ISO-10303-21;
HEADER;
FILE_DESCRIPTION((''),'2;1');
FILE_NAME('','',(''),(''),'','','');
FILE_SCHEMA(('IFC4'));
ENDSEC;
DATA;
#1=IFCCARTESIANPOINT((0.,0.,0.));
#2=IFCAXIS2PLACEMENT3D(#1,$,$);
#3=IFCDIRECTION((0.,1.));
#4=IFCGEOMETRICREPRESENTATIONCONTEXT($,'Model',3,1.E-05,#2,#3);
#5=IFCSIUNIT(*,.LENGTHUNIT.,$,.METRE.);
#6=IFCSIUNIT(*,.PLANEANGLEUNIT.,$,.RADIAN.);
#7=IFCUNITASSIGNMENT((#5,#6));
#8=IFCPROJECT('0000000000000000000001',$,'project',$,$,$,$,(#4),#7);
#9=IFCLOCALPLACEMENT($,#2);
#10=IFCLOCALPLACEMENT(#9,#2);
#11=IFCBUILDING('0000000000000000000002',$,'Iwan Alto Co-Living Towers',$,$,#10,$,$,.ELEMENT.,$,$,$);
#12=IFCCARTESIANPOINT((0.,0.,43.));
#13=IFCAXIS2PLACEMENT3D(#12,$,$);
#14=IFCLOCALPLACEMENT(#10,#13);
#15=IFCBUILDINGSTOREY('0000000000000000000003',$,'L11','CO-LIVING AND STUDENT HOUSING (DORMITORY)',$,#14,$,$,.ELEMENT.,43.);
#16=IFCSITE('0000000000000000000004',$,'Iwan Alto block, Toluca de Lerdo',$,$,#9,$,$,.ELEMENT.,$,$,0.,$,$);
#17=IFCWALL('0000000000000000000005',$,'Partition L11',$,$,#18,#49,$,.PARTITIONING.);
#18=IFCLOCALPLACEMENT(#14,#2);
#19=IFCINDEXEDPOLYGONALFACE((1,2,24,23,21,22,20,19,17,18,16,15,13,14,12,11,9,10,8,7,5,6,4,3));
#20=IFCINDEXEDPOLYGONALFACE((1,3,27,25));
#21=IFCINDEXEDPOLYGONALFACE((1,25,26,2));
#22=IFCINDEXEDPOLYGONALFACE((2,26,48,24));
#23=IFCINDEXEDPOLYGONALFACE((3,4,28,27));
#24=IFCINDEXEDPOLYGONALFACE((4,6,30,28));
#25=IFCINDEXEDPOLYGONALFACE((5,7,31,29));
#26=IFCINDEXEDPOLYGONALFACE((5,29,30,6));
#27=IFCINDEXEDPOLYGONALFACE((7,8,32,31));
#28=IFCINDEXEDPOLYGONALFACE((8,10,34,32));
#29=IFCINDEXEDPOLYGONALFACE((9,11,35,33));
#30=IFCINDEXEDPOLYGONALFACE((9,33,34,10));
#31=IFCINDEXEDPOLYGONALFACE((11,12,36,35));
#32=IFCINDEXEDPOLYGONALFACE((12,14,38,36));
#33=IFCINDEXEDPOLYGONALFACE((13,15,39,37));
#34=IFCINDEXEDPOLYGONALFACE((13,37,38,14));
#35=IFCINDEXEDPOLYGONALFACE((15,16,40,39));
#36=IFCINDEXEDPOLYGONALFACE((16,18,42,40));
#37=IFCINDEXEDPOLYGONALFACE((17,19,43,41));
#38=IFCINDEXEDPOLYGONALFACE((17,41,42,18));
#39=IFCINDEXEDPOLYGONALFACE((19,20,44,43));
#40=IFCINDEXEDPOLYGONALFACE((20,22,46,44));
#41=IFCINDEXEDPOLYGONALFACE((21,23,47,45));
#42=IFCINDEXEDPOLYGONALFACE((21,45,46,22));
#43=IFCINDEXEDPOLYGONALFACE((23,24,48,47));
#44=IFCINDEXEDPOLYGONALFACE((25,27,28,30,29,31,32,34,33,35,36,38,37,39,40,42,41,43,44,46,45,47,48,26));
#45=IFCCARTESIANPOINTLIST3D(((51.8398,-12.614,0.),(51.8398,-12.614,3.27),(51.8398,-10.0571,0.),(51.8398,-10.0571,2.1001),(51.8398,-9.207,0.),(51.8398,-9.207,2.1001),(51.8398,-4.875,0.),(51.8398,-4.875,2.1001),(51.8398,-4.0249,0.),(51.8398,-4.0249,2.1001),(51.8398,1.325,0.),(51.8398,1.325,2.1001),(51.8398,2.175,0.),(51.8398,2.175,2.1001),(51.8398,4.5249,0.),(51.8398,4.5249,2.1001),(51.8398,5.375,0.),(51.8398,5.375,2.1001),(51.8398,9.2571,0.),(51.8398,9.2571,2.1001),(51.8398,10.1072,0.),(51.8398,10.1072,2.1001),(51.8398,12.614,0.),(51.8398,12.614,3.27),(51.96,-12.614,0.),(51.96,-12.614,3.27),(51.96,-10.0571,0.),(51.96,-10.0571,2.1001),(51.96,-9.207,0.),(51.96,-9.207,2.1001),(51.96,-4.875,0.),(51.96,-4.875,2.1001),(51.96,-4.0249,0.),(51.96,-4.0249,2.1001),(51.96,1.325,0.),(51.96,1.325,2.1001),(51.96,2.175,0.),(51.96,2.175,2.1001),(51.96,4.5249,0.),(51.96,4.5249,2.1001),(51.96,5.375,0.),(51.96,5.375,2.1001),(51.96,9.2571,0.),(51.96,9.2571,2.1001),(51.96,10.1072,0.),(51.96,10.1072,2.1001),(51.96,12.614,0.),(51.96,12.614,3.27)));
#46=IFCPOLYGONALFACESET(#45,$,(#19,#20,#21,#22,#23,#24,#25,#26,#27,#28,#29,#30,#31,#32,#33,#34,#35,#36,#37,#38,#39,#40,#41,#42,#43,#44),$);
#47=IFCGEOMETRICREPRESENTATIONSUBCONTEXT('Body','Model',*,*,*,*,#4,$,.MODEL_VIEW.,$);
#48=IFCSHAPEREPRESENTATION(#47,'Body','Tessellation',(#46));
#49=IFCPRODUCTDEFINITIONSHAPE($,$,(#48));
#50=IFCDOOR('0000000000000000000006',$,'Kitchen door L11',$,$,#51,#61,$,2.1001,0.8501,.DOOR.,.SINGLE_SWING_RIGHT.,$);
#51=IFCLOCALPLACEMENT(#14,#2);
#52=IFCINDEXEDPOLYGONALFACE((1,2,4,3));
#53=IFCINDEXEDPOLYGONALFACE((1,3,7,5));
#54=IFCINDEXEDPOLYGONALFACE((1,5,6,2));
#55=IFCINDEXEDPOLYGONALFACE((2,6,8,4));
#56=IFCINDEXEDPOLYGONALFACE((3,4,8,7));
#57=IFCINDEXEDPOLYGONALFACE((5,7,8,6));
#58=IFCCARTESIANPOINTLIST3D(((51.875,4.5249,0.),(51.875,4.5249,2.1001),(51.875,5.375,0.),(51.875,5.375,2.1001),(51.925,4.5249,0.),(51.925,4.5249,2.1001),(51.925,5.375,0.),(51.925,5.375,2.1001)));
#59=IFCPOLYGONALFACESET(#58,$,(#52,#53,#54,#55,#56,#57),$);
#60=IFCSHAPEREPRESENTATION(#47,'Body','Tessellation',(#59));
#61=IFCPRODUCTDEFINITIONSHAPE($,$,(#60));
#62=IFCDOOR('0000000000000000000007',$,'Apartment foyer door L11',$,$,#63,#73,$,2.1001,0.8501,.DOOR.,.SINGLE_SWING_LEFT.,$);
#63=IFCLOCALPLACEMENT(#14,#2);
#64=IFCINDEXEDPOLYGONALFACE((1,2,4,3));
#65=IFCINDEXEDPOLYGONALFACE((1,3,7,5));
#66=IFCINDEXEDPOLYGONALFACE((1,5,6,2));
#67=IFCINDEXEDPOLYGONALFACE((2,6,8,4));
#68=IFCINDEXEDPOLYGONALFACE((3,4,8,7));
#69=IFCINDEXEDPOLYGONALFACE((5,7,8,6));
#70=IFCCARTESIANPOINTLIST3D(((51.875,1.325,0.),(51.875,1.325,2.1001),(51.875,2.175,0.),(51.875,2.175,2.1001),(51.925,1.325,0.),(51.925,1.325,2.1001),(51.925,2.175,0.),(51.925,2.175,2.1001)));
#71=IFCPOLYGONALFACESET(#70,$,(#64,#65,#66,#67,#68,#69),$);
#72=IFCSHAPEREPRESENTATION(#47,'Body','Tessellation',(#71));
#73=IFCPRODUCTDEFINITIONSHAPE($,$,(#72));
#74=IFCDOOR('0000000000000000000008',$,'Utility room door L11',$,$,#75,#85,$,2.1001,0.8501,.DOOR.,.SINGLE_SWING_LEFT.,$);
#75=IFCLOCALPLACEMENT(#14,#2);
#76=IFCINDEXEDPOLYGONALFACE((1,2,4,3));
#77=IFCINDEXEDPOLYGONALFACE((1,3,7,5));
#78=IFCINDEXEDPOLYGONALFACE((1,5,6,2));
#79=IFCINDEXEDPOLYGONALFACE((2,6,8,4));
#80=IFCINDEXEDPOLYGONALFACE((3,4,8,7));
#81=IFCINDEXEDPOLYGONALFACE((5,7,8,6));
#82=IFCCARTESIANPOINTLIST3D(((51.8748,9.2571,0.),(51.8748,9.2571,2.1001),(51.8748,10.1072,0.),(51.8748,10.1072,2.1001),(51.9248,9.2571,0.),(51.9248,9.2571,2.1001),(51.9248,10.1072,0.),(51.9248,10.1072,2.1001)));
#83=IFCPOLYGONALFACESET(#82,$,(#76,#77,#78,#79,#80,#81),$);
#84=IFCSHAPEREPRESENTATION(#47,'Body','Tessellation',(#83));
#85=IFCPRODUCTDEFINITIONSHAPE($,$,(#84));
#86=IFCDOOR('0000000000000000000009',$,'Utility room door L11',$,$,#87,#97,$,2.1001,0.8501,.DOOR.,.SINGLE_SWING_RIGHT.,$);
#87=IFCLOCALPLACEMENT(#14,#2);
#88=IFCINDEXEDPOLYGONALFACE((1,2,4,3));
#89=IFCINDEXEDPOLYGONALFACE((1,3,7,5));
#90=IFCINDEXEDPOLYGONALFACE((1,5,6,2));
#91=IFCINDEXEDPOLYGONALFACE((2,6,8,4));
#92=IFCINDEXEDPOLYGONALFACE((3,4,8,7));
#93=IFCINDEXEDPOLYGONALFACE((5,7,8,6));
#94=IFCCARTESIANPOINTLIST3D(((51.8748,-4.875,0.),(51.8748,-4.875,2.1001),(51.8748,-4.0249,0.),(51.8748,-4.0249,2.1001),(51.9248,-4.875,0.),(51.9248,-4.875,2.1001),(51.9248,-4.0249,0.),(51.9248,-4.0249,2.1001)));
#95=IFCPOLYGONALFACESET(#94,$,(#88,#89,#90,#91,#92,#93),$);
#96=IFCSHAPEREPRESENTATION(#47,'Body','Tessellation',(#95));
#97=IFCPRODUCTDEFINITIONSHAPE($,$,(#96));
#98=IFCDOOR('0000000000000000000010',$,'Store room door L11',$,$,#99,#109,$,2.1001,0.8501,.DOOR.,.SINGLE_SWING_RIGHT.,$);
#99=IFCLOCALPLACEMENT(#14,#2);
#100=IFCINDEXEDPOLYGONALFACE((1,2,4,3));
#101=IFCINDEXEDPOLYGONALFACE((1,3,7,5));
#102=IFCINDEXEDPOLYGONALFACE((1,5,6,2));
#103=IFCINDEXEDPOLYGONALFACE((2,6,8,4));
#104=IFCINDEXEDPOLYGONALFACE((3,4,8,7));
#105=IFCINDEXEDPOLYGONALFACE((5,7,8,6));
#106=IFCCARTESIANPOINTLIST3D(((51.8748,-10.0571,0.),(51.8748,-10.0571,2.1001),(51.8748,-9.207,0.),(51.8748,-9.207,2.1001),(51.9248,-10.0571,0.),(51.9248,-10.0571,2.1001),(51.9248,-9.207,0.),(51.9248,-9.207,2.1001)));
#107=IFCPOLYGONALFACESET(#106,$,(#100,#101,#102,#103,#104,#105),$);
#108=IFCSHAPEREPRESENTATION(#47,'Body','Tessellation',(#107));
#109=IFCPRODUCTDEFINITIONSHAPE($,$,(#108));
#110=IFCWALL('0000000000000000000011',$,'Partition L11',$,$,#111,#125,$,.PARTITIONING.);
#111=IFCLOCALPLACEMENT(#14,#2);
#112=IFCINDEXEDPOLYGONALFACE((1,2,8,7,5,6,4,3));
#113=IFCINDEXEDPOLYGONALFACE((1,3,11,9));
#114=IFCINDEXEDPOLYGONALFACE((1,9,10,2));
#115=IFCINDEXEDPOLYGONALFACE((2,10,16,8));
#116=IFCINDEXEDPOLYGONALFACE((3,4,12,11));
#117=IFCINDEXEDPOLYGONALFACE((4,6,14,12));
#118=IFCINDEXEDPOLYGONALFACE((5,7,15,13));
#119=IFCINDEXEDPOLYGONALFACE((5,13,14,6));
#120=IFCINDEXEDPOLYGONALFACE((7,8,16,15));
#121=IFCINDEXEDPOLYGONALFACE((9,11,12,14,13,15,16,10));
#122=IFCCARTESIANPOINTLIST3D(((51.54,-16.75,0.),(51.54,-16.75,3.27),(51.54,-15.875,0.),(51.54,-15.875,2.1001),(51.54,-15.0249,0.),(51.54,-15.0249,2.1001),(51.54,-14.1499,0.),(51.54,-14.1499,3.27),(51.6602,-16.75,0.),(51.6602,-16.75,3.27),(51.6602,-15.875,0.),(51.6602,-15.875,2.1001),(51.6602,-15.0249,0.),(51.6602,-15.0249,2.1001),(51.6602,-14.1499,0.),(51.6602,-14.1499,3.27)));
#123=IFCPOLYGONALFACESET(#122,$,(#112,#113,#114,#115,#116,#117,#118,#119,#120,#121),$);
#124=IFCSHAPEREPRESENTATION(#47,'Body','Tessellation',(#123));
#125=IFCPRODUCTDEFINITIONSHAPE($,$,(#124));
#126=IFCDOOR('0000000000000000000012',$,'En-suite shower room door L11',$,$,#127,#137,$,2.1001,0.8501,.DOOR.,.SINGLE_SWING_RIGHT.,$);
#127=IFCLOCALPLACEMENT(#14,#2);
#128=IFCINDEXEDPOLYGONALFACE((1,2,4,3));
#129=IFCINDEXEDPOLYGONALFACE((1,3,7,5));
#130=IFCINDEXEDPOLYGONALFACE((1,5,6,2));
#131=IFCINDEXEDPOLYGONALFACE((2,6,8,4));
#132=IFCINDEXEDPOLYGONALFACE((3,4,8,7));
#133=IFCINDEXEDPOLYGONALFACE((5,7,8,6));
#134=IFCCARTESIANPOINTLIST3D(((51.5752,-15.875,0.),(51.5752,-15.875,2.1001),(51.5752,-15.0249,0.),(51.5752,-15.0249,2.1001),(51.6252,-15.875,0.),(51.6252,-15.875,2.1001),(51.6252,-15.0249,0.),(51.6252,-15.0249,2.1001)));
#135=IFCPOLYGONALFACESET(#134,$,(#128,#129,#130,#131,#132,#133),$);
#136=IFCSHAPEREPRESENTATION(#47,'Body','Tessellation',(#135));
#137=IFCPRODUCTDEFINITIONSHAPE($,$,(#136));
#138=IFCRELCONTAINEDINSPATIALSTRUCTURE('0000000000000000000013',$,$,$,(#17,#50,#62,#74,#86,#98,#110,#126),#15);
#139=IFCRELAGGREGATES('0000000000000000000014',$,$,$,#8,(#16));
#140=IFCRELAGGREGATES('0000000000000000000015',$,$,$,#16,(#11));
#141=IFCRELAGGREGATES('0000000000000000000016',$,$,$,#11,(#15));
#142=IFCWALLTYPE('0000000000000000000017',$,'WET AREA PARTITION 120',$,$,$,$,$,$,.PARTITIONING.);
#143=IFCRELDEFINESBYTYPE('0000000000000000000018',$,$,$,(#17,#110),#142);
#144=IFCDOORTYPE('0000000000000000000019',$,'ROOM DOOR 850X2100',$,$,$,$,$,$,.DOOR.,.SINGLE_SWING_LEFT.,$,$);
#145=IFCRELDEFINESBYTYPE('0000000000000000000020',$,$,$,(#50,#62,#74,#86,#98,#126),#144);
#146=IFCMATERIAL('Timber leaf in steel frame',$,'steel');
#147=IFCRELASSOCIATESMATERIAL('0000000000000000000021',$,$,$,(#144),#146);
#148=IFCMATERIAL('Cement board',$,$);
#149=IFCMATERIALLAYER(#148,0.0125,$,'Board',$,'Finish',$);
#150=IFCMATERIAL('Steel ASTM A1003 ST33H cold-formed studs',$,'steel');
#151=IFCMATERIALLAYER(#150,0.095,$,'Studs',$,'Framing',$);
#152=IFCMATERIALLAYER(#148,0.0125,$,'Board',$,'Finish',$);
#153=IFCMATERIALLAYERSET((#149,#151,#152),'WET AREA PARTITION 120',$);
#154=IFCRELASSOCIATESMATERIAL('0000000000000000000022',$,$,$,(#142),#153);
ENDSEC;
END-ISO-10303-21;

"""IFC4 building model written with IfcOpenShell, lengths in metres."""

from ifc_helpers import new_model, si_unit, direction, frame, frame_2d, origin, place, context, subcontext, project, spatial, rectangle, extrude, material, layer, layer_set, type_object, element, fill, save


model = new_model("IFC4")

# Units and contexts
model_context = context("Model", 3, precision=1e-05, world=origin(), true_north=direction((0.0, 1.0)))
body_context = subcontext(model_context, "Body", "Model", "MODEL_VIEW")
ifc_project = project(units=[si_unit("LENGTHUNIT", "METRE"), si_unit("PLANEANGLEUNIT", "RADIAN")], contexts=[model_context])

# Site, building, storey
site_placement = place(None, origin())
site = spatial("IfcSite", under=ifc_project, at=site_placement, Name="Iwan Alto block, Toluca de Lerdo", CompositionType="ELEMENT", RefElevation=0.0)
building_placement = place(site_placement, origin())
building = spatial("IfcBuilding", under=site, at=building_placement, Name="Iwan Alto Co-Living Towers", CompositionType="ELEMENT")
storey_placement = place(building_placement, frame((0.0, 0.0, 43.0)))
storey = spatial("IfcBuildingStorey", under=building, at=storey_placement, Name="L11", Description="CO-LIVING AND STUDENT HOUSING (DORMITORY)", CompositionType="ELEMENT", Elevation=43.0)

# Shared definitions
ifc_material_1 = material(Name="Steel ASTM A1003 ST33H cold-formed studs", Category="steel")

# Shared definitions
ifc_material_2 = material(Name="Timber leaf in steel frame", Category="steel")
door_type_1 = type_object("IfcDoorType", Name="ROOM DOOR 850X2100", OperationType="SINGLE_SWING_LEFT", PredefinedType="DOOR", material=ifc_material_2)

# Shared definitions
ifc_material_3 = material(Name="Cement board")
ifc_layer_1 = layer(ifc_material_3, 0.0125, Name="Board", Category="Finish")
ifc_layer_2 = layer(ifc_material_1, 0.095, Name="Studs", Category="Framing")
ifc_layer_3 = layer(ifc_material_3, 0.0125, Name="Board", Category="Finish")
ifc_layer_set_1 = layer_set([ifc_layer_1, ifc_layer_2, ifc_layer_3], Name="WET AREA PARTITION 120")
wall_type_1 = type_object("IfcWallType", Name="WET AREA PARTITION 120", PredefinedType="PARTITIONING", material=ifc_layer_set_1)

# Wall, openings, doors
wall_1_placement = place(storey_placement, frame((51.8999, -12.614, 0.0), z_axis=(0.0, 0.0, 1.0), x_axis=(0.0, 1.0, 0.0)))
wall_1 = element("IfcWall", 1, at=wall_1_placement, inside=storey, type_object=wall_type_1, Name="Partition L11", PredefinedType="PARTITIONING", context=body_context, shape_type="SweptSolid", body=[
    extrude(rectangle(XDim=25.228, YDim=0.1201, at=frame_2d((12.614, 0.0))), origin(), (0.0, 0.0, 1.0), 3.27),
])
opening_1_placement = place(wall_1_placement, frame((17.1389, 0.0, 0.0)))
opening_1 = element("IfcOpeningElement", 2, at=opening_1_placement, cuts=wall_1, PredefinedType="OPENING", context=body_context, shape_type="SweptSolid", body=[
    extrude(rectangle(XDim=0.8501, YDim=2.1001, at=frame_2d((0.425, 1.05))), frame((0.0, 0.0701, 0.0), z_axis=(0.0, -1.0, 0.0), x_axis=(1.0, 0.0, 0.0)), (0.0, 0.0, 1.0), 0.1401),
])
opening_2_placement = place(wall_1_placement, frame((13.939, 0.0, 0.0)))
opening_2 = element("IfcOpeningElement", 3, at=opening_2_placement, cuts=wall_1, PredefinedType="OPENING", context=body_context, shape_type="SweptSolid", body=[
    extrude(rectangle(XDim=0.8501, YDim=2.1001, at=frame_2d((0.425, 1.05))), frame((0.0, 0.0701, 0.0), z_axis=(0.0, -1.0, 0.0), x_axis=(1.0, 0.0, 0.0)), (0.0, 0.0, 1.0), 0.1401),
])
opening_3_placement = place(wall_1_placement, frame((21.8711, 0.0, 0.0)))
opening_3 = element("IfcOpeningElement", 4, at=opening_3_placement, cuts=wall_1, PredefinedType="OPENING", context=body_context, shape_type="SweptSolid", body=[
    extrude(rectangle(XDim=0.8501, YDim=2.1001, at=frame_2d((0.425, 1.05))), frame((0.0, 0.0701, 0.0), z_axis=(0.0, -1.0, 0.0), x_axis=(1.0, 0.0, 0.0)), (0.0, 0.0, 1.0), 0.1401),
])
opening_4_placement = place(wall_1_placement, frame((7.739, 0.0, 0.0)))
opening_4 = element("IfcOpeningElement", 5, at=opening_4_placement, cuts=wall_1, PredefinedType="OPENING", context=body_context, shape_type="SweptSolid", body=[
    extrude(rectangle(XDim=0.8501, YDim=2.1001, at=frame_2d((0.425, 1.05))), frame((0.0, 0.0701, 0.0), z_axis=(0.0, -1.0, 0.0), x_axis=(1.0, 0.0, 0.0)), (0.0, 0.0, 1.0), 0.1401),
])
opening_5_placement = place(wall_1_placement, frame((2.5569, 0.0, 0.0)))
opening_5 = element("IfcOpeningElement", 6, at=opening_5_placement, cuts=wall_1, PredefinedType="OPENING", context=body_context, shape_type="SweptSolid", body=[
    extrude(rectangle(XDim=0.8501, YDim=2.1001, at=frame_2d((0.425, 1.05))), frame((0.0, 0.0701, 0.0), z_axis=(0.0, -1.0, 0.0), x_axis=(1.0, 0.0, 0.0)), (0.0, 0.0, 1.0), 0.1401),
])
door_1_placement = place(opening_1_placement, origin())
door_1 = element("IfcDoor", 7, at=door_1_placement, inside=storey, type_object=door_type_1, Name="Kitchen door L11", OperationType="SINGLE_SWING_RIGHT", OverallHeight=2.1001, OverallWidth=0.8501, PredefinedType="DOOR", context=body_context, shape_type="SweptSolid", body=[
    extrude(rectangle(XDim=0.8501, YDim=2.1001, at=frame_2d((0.425, 1.05))), frame((0.0, 0.0249, 0.0), z_axis=(0.0, -1.0, 0.0), x_axis=(1.0, 0.0, 0.0)), (0.0, 0.0, 1.0), 0.05),
])
fill(opening_1, door_1)
door_2_placement = place(opening_2_placement, origin())
door_2 = element("IfcDoor", 8, at=door_2_placement, inside=storey, type_object=door_type_1, Name="Apartment foyer door L11", OperationType="SINGLE_SWING_LEFT", OverallHeight=2.1001, OverallWidth=0.8501, PredefinedType="DOOR", context=body_context, shape_type="SweptSolid", body=[
    extrude(rectangle(XDim=0.8501, YDim=2.1001, at=frame_2d((0.425, 1.05))), frame((0.0, 0.0249, 0.0), z_axis=(0.0, -1.0, 0.0), x_axis=(1.0, 0.0, 0.0)), (0.0, 0.0, 1.0), 0.05),
])
fill(opening_2, door_2)
door_3_placement = place(opening_3_placement, frame((0.8501, 0.0, 0.0), z_axis=(0.0, 0.0, 1.0), x_axis=(-1.0, 0.0, 0.0)))
door_3 = element("IfcDoor", 9, at=door_3_placement, inside=storey, type_object=door_type_1, Name="Utility room door L11", OperationType="SINGLE_SWING_LEFT", OverallHeight=2.1001, OverallWidth=0.8501, PredefinedType="DOOR", context=body_context, shape_type="SweptSolid", body=[
    extrude(rectangle(XDim=0.8501, YDim=2.1001, at=frame_2d((0.425, 1.05))), frame((0.0, 0.0249, 0.0), z_axis=(0.0, -1.0, 0.0), x_axis=(1.0, 0.0, 0.0)), (0.0, 0.0, 1.0), 0.05),
])
fill(opening_3, door_3)
door_4_placement = place(opening_4_placement, frame((0.8501, 0.0, 0.0), z_axis=(0.0, 0.0, 1.0), x_axis=(-1.0, 0.0, 0.0)))
door_4 = element("IfcDoor", 10, at=door_4_placement, inside=storey, type_object=door_type_1, Name="Utility room door L11", OperationType="SINGLE_SWING_RIGHT", OverallHeight=2.1001, OverallWidth=0.8501, PredefinedType="DOOR", context=body_context, shape_type="SweptSolid", body=[
    extrude(rectangle(XDim=0.8501, YDim=2.1001, at=frame_2d((0.425, 1.05))), frame((0.0, 0.0249, 0.0), z_axis=(0.0, -1.0, 0.0), x_axis=(1.0, 0.0, 0.0)), (0.0, 0.0, 1.0), 0.05),
])
fill(opening_4, door_4)
door_5_placement = place(opening_5_placement, frame((0.8501, 0.0, 0.0), z_axis=(0.0, 0.0, 1.0), x_axis=(-1.0, 0.0, 0.0)))
door_5 = element("IfcDoor", 11, at=door_5_placement, inside=storey, type_object=door_type_1, Name="Store room door L11", OperationType="SINGLE_SWING_RIGHT", OverallHeight=2.1001, OverallWidth=0.8501, PredefinedType="DOOR", context=body_context, shape_type="SweptSolid", body=[
    extrude(rectangle(XDim=0.8501, YDim=2.1001, at=frame_2d((0.425, 1.05))), frame((0.0, 0.0249, 0.0), z_axis=(0.0, -1.0, 0.0), x_axis=(1.0, 0.0, 0.0)), (0.0, 0.0, 1.0), 0.05),
])
fill(opening_5, door_5)

# Wall, opening, door
wall_2_placement = place(storey_placement, frame((51.6001, -16.75, 0.0), z_axis=(0.0, 0.0, 1.0), x_axis=(0.0, 1.0, 0.0)))
wall_2 = element("IfcWall", 12, at=wall_2_placement, inside=storey, type_object=wall_type_1, Name="Partition L11", PredefinedType="PARTITIONING", context=body_context, shape_type="SweptSolid", body=[
    extrude(rectangle(XDim=2.6001, YDim=0.1201, at=frame_2d((1.3, 0.0))), origin(), (0.0, 0.0, 1.0), 3.27),
])
opening_6_placement = place(wall_2_placement, frame((0.875, 0.0, 0.0)))
opening_6 = element("IfcOpeningElement", 13, at=opening_6_placement, cuts=wall_2, PredefinedType="OPENING", context=body_context, shape_type="SweptSolid", body=[
    extrude(rectangle(XDim=0.8501, YDim=2.1001, at=frame_2d((0.425, 1.05))), frame((0.0, 0.0701, 0.0), z_axis=(0.0, -1.0, 0.0), x_axis=(1.0, 0.0, 0.0)), (0.0, 0.0, 1.0), 0.1401),
])
door_6_placement = place(opening_6_placement, origin())
door_6 = element("IfcDoor", 14, at=door_6_placement, inside=storey, type_object=door_type_1, Name="En-suite shower room door L11", OperationType="SINGLE_SWING_RIGHT", OverallHeight=2.1001, OverallWidth=0.8501, PredefinedType="DOOR", context=body_context, shape_type="SweptSolid", body=[
    extrude(rectangle(XDim=0.8501, YDim=2.1001, at=frame_2d((0.425, 1.05))), frame((0.0, 0.0249, 0.0), z_axis=(0.0, -1.0, 0.0), x_axis=(1.0, 0.0, 0.0)), (0.0, 0.0, 1.0), 0.05),
])
fill(opening_6, door_6)

save(model, "model.ifc")
